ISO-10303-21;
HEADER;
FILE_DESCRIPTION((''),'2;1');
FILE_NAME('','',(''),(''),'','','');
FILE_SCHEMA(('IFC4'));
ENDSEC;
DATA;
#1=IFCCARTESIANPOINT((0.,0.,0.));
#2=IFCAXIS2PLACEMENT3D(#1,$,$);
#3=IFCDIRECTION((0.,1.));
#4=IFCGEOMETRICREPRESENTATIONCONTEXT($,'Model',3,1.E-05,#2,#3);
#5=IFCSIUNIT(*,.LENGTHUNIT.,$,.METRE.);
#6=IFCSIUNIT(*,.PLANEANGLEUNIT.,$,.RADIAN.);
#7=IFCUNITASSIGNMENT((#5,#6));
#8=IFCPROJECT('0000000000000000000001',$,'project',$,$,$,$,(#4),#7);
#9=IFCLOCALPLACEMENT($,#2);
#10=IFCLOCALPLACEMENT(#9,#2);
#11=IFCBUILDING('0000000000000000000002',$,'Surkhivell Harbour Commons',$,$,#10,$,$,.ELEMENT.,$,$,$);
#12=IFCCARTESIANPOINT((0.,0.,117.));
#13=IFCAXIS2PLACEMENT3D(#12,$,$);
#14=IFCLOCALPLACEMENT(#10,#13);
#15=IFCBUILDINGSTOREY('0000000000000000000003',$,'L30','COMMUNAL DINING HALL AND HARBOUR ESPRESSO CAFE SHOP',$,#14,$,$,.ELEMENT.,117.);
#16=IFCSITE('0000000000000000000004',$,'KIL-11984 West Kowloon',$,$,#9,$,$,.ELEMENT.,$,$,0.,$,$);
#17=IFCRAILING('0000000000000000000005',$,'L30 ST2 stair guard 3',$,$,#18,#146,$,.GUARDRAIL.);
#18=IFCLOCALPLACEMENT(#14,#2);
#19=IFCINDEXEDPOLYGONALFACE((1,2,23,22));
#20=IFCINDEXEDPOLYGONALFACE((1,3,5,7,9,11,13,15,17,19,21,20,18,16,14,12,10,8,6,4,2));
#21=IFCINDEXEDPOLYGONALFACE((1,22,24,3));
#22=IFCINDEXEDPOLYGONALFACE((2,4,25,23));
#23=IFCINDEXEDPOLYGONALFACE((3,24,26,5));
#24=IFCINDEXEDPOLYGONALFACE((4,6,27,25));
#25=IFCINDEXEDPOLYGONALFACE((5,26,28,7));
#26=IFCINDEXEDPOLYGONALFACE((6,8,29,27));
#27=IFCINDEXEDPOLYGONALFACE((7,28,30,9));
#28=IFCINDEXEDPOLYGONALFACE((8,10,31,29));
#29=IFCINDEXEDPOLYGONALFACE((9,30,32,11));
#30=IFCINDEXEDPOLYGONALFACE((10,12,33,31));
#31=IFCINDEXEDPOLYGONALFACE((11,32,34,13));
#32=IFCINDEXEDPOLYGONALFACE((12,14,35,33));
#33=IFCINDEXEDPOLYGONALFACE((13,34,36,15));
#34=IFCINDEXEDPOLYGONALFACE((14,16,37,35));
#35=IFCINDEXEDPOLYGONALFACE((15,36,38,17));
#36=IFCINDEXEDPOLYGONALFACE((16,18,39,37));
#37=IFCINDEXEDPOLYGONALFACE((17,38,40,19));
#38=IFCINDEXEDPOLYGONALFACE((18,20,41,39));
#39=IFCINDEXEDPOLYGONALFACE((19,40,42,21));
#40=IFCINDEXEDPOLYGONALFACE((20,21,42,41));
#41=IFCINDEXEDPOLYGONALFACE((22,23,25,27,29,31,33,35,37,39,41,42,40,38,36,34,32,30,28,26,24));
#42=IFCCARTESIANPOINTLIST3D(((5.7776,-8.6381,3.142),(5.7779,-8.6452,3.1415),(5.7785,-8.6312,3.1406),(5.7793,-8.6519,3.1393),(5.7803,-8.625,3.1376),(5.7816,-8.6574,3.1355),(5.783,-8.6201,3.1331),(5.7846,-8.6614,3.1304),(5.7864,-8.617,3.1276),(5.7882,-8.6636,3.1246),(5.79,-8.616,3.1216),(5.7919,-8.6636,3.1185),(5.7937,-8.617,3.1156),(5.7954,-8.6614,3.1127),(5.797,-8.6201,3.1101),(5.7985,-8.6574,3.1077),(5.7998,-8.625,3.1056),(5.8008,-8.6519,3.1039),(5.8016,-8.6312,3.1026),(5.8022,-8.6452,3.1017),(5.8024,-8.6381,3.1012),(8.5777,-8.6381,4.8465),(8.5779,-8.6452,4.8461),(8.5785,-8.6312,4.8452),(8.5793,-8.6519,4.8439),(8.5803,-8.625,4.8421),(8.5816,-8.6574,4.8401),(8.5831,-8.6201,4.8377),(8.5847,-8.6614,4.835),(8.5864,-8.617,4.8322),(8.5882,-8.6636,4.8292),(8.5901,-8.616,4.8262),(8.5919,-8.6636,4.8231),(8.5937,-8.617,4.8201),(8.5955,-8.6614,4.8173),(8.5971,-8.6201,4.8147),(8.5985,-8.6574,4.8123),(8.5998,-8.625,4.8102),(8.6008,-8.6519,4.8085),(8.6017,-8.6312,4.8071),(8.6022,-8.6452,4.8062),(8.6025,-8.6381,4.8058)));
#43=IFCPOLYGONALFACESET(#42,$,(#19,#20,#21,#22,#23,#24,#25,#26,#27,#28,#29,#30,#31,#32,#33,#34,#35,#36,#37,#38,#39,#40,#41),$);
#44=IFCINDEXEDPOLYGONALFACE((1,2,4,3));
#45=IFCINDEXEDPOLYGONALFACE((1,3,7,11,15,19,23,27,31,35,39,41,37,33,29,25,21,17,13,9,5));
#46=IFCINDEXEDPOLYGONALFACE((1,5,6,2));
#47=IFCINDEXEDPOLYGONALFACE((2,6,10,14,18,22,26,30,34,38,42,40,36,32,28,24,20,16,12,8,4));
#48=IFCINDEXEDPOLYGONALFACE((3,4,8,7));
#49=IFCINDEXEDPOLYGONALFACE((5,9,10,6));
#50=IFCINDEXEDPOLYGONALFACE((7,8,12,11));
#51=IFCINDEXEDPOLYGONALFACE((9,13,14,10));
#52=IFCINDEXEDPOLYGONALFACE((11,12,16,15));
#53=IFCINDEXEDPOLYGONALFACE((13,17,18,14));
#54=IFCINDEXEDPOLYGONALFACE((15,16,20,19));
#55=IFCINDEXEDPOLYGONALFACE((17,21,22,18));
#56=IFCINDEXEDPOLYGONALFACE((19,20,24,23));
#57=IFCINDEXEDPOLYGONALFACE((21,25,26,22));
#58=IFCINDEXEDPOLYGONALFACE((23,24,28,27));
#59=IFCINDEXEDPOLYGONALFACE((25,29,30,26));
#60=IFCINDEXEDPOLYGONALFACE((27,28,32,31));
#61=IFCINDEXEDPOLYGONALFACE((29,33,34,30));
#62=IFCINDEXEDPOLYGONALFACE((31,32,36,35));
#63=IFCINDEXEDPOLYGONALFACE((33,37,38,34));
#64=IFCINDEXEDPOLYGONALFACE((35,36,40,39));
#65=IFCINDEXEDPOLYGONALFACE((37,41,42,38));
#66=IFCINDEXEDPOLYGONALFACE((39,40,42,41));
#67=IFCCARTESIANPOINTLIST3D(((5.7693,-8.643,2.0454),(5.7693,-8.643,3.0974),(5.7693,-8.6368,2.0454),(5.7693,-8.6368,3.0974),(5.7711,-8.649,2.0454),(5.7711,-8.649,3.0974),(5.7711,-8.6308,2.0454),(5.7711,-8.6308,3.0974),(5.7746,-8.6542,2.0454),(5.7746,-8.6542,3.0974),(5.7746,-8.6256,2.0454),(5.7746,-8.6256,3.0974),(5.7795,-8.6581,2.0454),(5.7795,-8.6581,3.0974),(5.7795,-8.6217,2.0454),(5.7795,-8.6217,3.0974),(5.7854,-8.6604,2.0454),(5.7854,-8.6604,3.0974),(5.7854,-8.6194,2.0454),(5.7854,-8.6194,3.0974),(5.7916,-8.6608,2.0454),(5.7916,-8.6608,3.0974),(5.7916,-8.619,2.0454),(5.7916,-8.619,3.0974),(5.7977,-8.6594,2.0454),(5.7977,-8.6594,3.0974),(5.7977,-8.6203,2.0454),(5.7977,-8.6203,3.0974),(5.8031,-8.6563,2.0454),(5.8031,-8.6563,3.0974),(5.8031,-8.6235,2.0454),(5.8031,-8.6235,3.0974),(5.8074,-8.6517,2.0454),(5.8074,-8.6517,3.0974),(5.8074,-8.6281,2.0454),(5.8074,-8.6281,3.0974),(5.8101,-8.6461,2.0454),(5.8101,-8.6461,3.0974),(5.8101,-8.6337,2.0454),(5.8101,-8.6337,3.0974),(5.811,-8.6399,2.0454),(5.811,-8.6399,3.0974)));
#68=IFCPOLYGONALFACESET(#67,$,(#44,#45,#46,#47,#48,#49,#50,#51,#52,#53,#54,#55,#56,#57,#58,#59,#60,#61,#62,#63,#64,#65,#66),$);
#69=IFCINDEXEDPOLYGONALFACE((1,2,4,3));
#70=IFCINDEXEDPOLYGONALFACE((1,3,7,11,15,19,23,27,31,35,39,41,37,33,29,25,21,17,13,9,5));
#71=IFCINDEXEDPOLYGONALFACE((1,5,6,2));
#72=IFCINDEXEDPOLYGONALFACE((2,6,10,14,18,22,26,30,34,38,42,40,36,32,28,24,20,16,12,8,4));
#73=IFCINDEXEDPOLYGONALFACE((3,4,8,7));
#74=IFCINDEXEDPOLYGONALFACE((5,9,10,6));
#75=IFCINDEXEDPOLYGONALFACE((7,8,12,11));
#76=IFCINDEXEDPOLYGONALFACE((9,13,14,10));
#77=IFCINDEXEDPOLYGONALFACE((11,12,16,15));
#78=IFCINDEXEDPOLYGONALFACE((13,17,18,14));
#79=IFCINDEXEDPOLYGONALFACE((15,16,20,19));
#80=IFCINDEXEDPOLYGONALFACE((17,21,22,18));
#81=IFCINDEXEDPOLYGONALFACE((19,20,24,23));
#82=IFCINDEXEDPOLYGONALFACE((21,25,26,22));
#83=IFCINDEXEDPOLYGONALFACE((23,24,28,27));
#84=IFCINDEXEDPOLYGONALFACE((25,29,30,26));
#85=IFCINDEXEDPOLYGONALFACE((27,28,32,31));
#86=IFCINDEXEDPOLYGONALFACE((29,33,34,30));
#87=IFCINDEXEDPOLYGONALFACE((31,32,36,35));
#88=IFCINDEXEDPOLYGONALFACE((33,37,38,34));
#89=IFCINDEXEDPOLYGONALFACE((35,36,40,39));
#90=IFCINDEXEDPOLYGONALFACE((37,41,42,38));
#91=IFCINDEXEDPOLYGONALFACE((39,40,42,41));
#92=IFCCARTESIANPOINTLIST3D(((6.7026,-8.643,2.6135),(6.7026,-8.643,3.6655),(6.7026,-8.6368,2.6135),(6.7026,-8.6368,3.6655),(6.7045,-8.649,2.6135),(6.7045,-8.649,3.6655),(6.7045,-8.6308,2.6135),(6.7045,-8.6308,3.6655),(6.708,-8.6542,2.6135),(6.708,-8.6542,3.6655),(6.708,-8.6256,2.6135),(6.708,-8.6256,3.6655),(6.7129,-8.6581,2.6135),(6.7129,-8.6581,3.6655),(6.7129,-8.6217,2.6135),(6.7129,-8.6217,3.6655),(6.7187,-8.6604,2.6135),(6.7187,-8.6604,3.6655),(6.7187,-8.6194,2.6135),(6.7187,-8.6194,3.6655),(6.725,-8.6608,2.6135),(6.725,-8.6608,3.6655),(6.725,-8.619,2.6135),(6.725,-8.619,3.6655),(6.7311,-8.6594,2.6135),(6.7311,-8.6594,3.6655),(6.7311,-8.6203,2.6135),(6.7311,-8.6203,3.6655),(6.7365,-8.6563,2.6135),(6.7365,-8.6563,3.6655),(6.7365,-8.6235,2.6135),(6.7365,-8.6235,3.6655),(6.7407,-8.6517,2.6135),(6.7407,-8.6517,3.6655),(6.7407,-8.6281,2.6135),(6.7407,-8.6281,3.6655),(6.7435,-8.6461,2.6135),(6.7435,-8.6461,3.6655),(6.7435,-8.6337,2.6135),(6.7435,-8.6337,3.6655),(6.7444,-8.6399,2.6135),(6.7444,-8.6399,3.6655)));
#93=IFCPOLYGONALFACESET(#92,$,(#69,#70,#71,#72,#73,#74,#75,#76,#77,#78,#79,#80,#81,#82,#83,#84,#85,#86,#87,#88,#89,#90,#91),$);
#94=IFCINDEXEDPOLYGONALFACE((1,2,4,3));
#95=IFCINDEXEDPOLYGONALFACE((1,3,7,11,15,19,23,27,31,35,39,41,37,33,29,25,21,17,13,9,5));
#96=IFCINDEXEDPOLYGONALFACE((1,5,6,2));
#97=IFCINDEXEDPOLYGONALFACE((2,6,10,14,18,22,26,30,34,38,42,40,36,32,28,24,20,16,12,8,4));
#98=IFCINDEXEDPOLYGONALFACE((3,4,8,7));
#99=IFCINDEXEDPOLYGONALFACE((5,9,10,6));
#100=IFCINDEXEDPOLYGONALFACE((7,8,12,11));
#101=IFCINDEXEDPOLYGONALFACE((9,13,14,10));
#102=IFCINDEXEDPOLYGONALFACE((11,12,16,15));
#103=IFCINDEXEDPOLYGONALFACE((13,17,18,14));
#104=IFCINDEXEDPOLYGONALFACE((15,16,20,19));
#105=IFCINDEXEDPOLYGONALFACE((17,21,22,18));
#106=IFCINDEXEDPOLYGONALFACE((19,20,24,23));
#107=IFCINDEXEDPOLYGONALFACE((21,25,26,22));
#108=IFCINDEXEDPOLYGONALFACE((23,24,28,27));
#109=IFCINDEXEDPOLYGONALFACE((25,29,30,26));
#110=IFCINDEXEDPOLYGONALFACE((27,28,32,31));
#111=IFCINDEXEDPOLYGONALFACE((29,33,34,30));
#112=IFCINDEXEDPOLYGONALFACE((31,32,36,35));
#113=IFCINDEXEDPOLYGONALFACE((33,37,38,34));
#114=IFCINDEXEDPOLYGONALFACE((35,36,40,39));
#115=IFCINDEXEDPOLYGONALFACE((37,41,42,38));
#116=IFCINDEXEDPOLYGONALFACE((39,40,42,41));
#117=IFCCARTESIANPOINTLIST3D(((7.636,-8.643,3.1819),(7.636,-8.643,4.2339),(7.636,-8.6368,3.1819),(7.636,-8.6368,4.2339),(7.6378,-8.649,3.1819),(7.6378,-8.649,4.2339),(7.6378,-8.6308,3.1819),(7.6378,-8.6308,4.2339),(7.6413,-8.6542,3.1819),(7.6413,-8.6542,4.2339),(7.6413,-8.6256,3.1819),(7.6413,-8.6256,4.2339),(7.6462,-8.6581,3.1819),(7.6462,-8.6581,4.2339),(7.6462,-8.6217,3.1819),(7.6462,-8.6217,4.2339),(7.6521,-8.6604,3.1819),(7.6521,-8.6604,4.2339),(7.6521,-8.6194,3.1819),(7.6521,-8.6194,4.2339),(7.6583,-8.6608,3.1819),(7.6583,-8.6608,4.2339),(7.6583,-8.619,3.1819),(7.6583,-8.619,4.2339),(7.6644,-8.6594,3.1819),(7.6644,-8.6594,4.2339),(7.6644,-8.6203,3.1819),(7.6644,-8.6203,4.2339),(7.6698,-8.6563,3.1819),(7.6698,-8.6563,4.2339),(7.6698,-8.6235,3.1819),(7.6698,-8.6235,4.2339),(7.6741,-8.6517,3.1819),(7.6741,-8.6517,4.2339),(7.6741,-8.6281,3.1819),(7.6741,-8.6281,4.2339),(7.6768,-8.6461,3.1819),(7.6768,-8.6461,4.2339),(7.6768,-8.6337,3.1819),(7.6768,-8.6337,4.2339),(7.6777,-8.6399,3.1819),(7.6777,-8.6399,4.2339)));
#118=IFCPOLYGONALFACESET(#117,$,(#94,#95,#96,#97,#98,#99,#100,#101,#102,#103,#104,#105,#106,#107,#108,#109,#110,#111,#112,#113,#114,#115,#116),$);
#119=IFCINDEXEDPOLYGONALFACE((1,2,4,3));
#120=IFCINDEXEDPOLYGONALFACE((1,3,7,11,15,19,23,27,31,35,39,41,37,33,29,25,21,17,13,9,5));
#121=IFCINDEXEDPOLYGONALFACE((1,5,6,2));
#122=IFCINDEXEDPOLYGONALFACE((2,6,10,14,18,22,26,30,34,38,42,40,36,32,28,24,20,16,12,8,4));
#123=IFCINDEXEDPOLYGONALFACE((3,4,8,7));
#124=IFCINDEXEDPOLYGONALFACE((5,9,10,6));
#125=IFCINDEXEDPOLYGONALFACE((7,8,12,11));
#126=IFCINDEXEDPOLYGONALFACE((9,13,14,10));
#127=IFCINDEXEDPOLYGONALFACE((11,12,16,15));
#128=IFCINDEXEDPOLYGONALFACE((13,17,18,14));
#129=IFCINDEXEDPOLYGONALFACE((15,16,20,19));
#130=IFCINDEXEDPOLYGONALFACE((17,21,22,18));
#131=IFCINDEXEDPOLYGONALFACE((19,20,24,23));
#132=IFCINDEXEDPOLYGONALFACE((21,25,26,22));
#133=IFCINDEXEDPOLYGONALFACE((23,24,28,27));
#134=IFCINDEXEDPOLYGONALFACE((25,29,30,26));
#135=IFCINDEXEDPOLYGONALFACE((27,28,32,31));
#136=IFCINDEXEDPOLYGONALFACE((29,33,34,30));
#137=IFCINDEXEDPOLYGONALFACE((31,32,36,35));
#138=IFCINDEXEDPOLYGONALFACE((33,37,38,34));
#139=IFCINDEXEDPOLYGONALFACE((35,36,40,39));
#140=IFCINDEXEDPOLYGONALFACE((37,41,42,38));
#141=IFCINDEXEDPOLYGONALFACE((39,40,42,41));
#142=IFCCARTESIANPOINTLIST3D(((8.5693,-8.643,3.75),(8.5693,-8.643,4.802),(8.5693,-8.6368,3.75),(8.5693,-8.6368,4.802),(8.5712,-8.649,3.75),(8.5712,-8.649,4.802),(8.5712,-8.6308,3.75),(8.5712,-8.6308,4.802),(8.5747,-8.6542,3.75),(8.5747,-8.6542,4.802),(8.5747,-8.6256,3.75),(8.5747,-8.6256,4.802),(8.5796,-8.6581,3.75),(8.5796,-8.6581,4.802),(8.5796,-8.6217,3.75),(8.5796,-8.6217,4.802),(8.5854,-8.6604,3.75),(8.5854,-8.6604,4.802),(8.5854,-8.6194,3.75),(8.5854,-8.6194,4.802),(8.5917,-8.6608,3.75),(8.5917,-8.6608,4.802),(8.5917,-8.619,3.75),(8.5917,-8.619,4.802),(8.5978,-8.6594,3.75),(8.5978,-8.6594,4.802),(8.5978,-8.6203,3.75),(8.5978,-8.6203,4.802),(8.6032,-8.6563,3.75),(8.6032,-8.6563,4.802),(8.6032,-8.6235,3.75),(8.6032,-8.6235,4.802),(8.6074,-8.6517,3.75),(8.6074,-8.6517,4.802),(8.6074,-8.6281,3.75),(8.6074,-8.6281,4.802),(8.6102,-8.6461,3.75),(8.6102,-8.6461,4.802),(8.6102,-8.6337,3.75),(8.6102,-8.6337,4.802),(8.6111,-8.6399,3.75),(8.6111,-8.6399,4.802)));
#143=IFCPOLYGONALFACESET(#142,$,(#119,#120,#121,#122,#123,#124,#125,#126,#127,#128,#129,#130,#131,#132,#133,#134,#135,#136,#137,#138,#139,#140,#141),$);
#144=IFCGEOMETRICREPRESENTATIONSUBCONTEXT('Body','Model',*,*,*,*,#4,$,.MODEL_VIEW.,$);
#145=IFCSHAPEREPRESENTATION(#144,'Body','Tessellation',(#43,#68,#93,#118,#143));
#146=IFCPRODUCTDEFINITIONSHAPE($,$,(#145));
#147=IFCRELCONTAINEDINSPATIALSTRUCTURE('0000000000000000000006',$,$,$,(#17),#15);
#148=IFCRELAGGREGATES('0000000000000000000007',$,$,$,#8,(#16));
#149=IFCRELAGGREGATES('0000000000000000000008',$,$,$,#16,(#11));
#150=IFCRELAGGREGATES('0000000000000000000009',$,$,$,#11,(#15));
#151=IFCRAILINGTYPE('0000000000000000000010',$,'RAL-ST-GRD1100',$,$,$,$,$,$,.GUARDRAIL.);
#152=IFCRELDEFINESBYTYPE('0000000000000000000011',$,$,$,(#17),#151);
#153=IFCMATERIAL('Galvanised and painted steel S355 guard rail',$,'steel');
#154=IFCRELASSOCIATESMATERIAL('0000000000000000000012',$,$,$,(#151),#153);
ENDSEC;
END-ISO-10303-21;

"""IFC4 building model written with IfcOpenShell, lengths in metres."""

from ifc_helpers import new_model, si_unit, direction, frame, origin, origin_2d, place, context, subcontext, project, spatial, circle, extrude, material, type_object, element, save


model = new_model("IFC4")

# Units and contexts
model_context = context("Model", 3, precision=1e-05, world=origin(), true_north=direction((0.0, 1.0)))
body_context = subcontext(model_context, "Body", "Model", "MODEL_VIEW")
ifc_project = project(units=[si_unit("LENGTHUNIT", "METRE"), si_unit("PLANEANGLEUNIT", "RADIAN")], contexts=[model_context])

# Site, building, storey
site_placement = place(None, origin())
site = spatial("IfcSite", under=ifc_project, at=site_placement, Name="KIL-11984 West Kowloon", CompositionType="ELEMENT", RefElevation=0.0)
building_placement = place(site_placement, origin())
building = spatial("IfcBuilding", under=site, at=building_placement, Name="Surkhivell Harbour Commons", CompositionType="ELEMENT")
storey_placement = place(building_placement, frame((0.0, 0.0, 117.0)))
storey = spatial("IfcBuildingStorey", under=building, at=storey_placement, Name="L30", Description="COMMUNAL DINING HALL AND HARBOUR ESPRESSO CAFE SHOP", CompositionType="ELEMENT", Elevation=117.0)

# Railing
ifc_material_1 = material(Name="Galvanised and painted steel S355 guard rail", Category="steel")
railing_type_1 = type_object("IfcRailingType", Name="RAL-ST-GRD1100", PredefinedType="GUARDRAIL", material=ifc_material_1)
railing_1_placement = place(storey_placement, frame((5.79, -8.6399, 2.0454)))
element("IfcRailing", 1, at=railing_1_placement, inside=storey, type_object=railing_type_1, Name="L30 ST2 stair guard 3", PredefinedType="GUARDRAIL", context=body_context, shape_type="SweptSolid", body=[
    extrude(circle(Radius=0.0239, at=origin_2d()), frame((0.0, 0.0, 1.0762), z_axis=(0.85417, 0.0, 0.519994), x_axis=(0.0, 1.0, 0.0)), (0.0, 0.0, 1.0), 3.2781),
    extrude(circle(Radius=0.021, at=origin_2d()), origin(), (0.0, 0.0, 1.0), 1.052),
    extrude(circle(Radius=0.021, at=origin_2d()), frame((0.9333, 0.0, 0.5681)), (0.0, 0.0, 1.0), 1.052),
    extrude(circle(Radius=0.021, at=origin_2d()), frame((1.8667, 0.0, 1.1365)), (0.0, 0.0, 1.0), 1.052),
    extrude(circle(Radius=0.021, at=origin_2d()), frame((2.8, 0.0, 1.7046)), (0.0, 0.0, 1.0), 1.052),
])

save(model, "model.ifc")
